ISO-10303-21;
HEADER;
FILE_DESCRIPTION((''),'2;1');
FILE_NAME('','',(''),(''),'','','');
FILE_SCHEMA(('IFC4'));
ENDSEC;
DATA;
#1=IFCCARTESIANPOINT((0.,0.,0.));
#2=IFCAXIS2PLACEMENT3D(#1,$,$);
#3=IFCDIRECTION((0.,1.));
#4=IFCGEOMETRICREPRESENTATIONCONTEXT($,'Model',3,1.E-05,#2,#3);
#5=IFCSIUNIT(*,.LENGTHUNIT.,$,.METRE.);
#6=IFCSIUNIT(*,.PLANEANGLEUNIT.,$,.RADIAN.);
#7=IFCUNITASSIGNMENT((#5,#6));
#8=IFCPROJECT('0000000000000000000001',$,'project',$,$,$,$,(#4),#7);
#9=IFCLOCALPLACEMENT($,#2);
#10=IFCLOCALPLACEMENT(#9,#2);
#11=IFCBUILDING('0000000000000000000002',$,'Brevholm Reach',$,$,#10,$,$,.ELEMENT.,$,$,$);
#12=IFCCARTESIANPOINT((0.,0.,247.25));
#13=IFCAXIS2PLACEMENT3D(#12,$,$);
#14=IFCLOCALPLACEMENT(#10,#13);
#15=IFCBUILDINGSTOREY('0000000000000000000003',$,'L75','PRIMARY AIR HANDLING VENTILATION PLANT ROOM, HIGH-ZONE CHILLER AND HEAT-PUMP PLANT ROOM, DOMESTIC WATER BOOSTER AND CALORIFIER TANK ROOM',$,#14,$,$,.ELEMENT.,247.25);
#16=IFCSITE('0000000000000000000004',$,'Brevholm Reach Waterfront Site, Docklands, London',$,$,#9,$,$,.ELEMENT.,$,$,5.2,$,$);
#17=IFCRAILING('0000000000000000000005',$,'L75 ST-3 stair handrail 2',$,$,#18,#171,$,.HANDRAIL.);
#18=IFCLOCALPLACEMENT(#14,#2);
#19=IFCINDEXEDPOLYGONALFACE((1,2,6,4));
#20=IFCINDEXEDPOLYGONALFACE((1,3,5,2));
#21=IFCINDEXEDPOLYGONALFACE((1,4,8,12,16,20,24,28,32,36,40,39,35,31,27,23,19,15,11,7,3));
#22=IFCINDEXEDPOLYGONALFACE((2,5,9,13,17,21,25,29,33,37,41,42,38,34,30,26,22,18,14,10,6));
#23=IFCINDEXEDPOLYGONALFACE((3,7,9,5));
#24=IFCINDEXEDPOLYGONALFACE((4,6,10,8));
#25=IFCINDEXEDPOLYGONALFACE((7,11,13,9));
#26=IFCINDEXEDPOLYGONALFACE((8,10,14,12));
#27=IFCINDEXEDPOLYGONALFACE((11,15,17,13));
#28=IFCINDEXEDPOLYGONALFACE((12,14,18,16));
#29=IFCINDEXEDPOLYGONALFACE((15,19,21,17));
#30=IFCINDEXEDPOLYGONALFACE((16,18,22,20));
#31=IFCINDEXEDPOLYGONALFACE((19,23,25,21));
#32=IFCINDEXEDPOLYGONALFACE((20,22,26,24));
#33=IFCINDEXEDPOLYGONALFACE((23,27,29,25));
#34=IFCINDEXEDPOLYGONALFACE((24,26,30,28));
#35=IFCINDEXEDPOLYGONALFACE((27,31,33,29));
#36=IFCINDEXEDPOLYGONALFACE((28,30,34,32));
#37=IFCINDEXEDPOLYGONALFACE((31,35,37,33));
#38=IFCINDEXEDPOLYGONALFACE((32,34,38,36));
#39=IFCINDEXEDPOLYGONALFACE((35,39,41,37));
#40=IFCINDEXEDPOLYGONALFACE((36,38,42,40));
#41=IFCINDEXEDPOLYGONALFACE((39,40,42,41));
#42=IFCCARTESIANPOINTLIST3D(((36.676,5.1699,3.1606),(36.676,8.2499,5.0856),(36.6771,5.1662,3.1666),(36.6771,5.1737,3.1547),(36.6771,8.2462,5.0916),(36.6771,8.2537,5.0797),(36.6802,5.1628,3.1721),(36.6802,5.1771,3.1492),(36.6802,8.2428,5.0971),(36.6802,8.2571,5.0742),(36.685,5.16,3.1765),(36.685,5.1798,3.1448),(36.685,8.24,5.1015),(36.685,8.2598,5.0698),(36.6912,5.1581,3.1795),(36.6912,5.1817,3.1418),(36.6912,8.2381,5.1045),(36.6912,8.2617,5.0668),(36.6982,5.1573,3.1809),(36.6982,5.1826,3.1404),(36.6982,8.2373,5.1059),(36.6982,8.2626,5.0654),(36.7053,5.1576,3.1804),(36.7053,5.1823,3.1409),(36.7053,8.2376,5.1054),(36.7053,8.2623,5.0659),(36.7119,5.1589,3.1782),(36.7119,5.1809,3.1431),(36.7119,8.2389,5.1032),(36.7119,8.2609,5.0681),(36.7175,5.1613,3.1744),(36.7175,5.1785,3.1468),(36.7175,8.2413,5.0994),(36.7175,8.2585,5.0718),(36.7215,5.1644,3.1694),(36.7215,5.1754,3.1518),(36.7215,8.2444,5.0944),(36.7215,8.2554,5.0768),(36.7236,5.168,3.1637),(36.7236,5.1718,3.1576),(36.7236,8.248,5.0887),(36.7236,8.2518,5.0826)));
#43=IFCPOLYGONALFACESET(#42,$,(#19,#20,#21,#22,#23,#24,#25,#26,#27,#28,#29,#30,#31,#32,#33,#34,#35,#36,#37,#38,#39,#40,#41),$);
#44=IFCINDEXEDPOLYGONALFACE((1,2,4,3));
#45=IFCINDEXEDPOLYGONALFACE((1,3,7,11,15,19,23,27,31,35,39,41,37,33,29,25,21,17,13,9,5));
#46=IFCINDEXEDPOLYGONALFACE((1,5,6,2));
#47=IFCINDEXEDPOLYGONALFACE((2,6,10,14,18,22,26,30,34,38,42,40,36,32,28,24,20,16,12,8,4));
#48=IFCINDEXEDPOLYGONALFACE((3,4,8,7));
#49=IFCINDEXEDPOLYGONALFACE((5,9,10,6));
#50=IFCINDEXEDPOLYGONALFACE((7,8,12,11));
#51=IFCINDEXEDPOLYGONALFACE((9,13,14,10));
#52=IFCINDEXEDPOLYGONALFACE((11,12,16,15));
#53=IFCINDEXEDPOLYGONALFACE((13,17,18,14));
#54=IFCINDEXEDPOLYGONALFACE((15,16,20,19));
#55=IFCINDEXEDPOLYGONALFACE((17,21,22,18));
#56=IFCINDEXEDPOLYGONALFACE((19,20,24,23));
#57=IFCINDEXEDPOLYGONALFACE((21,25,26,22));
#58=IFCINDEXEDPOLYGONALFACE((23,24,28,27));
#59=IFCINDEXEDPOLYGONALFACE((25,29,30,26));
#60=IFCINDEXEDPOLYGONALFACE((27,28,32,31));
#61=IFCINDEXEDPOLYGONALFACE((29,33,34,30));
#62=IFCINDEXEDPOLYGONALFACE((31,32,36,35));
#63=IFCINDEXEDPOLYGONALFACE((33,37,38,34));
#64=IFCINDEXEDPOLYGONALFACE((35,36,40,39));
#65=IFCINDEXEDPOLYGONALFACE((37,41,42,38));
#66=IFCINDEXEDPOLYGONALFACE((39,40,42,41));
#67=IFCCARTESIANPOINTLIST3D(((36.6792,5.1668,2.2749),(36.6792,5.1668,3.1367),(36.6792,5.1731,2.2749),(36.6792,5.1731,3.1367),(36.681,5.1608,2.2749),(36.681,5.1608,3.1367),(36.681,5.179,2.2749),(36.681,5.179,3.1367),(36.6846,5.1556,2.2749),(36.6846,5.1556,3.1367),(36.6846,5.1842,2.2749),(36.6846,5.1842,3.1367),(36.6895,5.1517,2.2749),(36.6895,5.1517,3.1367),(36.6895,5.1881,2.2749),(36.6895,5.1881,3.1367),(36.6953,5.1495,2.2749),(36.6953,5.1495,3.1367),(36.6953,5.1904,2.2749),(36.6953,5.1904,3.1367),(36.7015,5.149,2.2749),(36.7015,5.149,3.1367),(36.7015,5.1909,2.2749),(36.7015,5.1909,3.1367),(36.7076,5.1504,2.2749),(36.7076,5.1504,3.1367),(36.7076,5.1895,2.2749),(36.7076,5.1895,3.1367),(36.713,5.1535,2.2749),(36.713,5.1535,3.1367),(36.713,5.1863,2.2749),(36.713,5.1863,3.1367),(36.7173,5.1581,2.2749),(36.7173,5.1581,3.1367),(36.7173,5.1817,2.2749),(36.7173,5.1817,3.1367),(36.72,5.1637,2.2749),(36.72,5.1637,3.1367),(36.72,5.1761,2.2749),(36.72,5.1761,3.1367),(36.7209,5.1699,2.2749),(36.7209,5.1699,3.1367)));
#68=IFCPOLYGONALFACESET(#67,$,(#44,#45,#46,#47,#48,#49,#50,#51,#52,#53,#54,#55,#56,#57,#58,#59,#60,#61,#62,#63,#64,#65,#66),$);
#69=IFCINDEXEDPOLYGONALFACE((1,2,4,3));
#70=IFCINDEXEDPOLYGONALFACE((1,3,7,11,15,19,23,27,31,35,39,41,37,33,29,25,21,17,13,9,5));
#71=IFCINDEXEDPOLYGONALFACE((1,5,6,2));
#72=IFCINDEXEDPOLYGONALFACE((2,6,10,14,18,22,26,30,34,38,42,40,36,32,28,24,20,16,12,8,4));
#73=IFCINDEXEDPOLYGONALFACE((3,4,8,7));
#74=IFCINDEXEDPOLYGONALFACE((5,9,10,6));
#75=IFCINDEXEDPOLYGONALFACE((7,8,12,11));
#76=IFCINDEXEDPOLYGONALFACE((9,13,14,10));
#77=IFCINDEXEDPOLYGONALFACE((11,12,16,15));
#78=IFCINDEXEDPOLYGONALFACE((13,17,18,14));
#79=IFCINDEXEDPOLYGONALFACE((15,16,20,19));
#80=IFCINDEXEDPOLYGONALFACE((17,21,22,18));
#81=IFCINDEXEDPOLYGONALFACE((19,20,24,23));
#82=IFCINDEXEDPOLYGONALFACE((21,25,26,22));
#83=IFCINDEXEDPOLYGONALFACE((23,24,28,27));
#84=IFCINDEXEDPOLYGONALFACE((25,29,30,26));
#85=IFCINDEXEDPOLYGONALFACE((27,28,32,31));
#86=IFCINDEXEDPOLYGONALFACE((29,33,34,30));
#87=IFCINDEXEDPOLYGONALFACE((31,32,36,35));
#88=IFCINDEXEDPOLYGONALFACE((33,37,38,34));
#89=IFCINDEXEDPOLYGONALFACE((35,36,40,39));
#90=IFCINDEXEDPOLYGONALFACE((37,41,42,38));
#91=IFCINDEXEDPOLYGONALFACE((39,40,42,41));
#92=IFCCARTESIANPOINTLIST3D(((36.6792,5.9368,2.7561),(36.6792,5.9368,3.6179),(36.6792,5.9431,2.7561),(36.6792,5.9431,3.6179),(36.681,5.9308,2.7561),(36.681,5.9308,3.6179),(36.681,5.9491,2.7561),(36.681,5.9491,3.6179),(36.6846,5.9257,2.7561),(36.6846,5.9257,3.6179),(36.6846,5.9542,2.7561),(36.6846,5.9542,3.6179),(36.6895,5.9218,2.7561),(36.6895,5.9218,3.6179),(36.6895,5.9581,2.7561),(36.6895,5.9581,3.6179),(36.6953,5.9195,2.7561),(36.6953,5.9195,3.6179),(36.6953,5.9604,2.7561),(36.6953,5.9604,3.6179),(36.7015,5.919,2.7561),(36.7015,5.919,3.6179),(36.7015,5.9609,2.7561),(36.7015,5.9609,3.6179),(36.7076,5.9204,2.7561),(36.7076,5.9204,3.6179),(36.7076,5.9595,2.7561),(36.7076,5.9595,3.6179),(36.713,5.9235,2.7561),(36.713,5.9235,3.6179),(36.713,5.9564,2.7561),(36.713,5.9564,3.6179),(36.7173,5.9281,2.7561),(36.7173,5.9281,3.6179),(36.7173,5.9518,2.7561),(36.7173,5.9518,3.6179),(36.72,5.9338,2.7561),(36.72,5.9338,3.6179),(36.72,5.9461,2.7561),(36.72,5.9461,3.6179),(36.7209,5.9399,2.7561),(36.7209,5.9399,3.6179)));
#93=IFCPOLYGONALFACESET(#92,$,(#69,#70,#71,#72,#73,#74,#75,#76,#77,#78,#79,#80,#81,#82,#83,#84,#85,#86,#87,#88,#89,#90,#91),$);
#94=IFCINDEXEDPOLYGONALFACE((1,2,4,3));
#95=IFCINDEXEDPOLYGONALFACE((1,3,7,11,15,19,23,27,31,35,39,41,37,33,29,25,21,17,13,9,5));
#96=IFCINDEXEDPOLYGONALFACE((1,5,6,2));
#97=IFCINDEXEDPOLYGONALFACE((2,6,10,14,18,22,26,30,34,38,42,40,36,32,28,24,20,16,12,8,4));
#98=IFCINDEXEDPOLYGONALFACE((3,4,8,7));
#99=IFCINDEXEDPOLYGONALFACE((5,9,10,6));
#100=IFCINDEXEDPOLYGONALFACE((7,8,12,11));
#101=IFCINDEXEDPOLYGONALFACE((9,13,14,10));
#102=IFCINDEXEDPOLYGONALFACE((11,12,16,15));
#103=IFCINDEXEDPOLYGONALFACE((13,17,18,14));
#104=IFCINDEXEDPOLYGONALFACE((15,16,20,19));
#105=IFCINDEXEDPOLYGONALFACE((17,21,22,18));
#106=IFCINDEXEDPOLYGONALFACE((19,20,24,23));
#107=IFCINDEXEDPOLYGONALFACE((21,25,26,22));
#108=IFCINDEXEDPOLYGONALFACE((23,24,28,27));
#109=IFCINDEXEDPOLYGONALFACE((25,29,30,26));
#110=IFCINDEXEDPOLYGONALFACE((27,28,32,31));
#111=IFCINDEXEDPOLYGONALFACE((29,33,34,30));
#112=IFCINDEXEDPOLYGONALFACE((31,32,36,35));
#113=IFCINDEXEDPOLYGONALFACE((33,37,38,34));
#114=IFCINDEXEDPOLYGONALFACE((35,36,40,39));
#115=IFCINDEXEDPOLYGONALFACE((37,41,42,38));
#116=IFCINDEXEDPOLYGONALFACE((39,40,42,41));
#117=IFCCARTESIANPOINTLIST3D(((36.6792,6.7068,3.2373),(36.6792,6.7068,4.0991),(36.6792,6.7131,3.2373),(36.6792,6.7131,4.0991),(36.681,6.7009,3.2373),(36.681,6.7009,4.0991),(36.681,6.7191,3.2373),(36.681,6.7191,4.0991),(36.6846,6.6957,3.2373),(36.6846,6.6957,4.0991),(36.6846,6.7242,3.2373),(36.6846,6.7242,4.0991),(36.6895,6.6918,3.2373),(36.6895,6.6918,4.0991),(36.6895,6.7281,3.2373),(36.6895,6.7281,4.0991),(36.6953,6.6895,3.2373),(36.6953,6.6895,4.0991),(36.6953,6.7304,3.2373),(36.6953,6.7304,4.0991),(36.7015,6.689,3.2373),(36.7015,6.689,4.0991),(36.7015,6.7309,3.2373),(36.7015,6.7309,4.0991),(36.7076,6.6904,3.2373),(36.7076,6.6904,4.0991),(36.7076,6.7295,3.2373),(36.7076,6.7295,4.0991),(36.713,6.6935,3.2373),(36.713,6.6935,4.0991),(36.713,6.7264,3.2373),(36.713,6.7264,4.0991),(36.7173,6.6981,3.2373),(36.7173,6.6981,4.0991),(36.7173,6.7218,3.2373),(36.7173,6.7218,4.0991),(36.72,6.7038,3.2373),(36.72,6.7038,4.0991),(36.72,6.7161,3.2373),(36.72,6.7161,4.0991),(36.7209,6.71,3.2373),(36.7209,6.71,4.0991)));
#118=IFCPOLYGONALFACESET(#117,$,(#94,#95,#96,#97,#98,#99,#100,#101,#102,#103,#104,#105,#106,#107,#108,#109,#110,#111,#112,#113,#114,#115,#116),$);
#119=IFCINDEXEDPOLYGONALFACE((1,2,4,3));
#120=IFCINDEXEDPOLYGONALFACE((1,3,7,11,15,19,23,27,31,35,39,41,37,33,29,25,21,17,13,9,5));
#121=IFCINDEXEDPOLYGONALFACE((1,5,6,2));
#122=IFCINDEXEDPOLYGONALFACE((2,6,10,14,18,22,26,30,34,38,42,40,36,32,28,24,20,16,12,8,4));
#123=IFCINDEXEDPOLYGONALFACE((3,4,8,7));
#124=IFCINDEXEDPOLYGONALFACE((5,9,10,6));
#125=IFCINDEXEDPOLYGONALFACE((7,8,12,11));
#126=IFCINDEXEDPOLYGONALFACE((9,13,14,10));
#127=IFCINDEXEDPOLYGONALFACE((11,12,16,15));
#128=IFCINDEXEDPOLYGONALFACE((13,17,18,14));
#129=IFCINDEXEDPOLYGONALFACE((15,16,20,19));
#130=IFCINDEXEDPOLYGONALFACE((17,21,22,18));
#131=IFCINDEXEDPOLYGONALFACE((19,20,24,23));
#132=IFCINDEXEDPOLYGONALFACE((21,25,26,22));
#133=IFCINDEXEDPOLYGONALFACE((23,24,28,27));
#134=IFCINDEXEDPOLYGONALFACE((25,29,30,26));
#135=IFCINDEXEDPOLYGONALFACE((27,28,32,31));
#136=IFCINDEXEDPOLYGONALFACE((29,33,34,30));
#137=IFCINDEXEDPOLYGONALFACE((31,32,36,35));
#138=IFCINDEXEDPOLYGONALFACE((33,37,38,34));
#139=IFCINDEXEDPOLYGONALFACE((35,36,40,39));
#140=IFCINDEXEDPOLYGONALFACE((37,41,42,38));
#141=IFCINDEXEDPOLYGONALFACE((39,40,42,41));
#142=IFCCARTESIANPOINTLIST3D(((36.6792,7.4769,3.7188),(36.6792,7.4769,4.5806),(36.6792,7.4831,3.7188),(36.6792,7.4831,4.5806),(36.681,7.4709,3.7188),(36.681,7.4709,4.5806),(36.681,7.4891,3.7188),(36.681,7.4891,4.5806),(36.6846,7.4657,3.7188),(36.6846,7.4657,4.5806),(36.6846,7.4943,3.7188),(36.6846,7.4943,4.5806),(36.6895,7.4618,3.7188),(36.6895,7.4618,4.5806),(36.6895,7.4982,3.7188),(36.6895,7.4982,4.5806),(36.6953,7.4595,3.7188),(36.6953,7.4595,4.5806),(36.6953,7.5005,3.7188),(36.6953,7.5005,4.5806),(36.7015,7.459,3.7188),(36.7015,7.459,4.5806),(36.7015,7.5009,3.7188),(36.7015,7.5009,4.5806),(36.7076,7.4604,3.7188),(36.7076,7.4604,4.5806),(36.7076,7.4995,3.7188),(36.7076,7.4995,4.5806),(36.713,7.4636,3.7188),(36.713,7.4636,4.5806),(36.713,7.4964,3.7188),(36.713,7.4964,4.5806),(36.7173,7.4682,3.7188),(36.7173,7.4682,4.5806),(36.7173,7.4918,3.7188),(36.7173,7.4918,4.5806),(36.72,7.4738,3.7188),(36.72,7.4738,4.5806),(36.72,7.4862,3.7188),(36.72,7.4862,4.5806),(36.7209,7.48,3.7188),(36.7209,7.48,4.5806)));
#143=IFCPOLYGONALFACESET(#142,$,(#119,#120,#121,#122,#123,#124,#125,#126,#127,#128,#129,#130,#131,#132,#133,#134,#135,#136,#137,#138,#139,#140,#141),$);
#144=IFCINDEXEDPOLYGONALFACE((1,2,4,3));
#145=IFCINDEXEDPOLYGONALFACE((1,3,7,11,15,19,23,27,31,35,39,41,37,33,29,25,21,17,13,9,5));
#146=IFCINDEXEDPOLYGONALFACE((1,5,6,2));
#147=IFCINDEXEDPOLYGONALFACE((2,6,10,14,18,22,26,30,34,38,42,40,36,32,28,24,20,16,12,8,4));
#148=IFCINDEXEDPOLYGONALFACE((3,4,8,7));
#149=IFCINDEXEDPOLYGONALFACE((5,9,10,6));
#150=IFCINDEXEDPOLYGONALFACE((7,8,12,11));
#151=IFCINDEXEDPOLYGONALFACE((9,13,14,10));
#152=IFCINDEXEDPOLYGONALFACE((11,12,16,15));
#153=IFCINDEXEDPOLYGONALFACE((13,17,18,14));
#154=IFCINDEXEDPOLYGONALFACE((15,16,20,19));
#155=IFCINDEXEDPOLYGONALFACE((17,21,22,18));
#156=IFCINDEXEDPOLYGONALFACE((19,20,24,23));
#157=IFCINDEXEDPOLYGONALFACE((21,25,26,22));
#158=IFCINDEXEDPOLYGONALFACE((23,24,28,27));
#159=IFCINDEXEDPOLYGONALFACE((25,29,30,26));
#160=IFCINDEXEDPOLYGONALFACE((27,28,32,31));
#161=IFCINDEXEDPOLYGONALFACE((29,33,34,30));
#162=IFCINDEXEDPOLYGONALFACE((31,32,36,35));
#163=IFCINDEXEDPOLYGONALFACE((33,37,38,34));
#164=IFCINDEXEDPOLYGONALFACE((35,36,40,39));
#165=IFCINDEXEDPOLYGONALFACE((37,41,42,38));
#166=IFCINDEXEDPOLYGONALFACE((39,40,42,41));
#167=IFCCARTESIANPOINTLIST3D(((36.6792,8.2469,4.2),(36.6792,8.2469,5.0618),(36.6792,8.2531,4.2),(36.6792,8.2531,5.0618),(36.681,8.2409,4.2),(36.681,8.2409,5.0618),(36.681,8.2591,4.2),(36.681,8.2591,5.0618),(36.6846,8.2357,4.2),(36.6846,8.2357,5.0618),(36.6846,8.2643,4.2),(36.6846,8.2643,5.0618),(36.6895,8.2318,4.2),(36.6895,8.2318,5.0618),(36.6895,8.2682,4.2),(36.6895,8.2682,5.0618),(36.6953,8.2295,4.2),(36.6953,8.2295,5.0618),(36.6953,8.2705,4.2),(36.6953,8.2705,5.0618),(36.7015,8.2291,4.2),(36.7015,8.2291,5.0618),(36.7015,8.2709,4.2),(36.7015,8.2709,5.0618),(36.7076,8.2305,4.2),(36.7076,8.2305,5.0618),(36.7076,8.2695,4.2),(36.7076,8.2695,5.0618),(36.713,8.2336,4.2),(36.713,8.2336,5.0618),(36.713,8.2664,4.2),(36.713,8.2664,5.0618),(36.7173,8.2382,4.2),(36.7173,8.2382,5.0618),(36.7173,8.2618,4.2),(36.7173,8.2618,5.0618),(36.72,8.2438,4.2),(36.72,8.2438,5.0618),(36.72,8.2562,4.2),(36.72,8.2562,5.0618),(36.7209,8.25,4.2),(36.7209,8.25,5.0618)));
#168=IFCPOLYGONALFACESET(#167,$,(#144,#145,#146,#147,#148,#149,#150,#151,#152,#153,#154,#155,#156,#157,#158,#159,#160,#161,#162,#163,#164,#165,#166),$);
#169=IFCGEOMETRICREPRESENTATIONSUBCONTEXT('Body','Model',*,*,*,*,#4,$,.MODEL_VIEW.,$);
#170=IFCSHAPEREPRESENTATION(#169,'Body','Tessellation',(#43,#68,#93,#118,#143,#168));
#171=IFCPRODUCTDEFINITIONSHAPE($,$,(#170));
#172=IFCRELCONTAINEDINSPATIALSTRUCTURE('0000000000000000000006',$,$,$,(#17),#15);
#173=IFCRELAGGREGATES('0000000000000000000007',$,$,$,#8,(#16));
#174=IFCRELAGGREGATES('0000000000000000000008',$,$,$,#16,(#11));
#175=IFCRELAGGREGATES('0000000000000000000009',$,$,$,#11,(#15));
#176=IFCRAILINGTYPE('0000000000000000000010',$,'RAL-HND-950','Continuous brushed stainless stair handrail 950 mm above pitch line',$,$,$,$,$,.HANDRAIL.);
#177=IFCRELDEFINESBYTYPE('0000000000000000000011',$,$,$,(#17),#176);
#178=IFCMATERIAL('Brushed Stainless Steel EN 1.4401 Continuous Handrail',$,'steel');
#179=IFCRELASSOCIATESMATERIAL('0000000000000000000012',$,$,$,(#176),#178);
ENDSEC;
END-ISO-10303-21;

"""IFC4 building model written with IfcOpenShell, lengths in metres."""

from ifc_helpers import new_model, si_unit, direction, frame, origin, origin_2d, place, context, subcontext, project, spatial, circle, extrude, material, type_object, element, save


model = new_model("IFC4")

# Units and contexts
model_context = context("Model", 3, precision=1e-05, world=origin(), true_north=direction((0.0, 1.0)))
body_context = subcontext(model_context, "Body", "Model", "MODEL_VIEW")
ifc_project = project(units=[si_unit("LENGTHUNIT", "METRE"), si_unit("PLANEANGLEUNIT", "RADIAN")], contexts=[model_context])

# Site, building, storey
site_placement = place(None, origin())
site = spatial("IfcSite", under=ifc_project, at=site_placement, Name="Brevholm Reach Waterfront Site, Docklands, London", CompositionType="ELEMENT", RefElevation=5.2)
building_placement = place(site_placement, origin())
building = spatial("IfcBuilding", under=site, at=building_placement, Name="Brevholm Reach", CompositionType="ELEMENT")
storey_placement = place(building_placement, frame((0.0, 0.0, 247.25)))
storey = spatial("IfcBuildingStorey", under=building, at=storey_placement, Name="L75", Description="PRIMARY AIR HANDLING VENTILATION PLANT ROOM, HIGH-ZONE CHILLER AND HEAT-PUMP PLANT ROOM, DOMESTIC WATER BOOSTER AND CALORIFIER TANK ROOM", CompositionType="ELEMENT", Elevation=247.25)

# Railing
ifc_material_1 = material(Name="Brushed Stainless Steel EN 1.4401 Continuous Handrail", Category="steel")
railing_type_1 = type_object("IfcRailingType", Name="RAL-HND-950", Description="Continuous brushed stainless stair handrail 950 mm above pitch line", PredefinedType="HANDRAIL", material=ifc_material_1)
railing_1_placement = place(storey_placement, frame((36.7, 5.1699, 2.2749)))
element("IfcRailing", 1, at=railing_1_placement, inside=storey, type_object=railing_type_1, Name="L75 ST-3 stair handrail 2", PredefinedType="HANDRAIL", context=body_context, shape_type="SweptSolid", body=[
    extrude(circle(Radius=0.0239, at=origin_2d()), frame((0.0, 0.0, 0.8857), z_axis=(0.0, 0.847998, 0.529999), x_axis=(-1.0, 0.0, 0.0)), (0.0, 0.0, 1.0), 3.6321),
    extrude(circle(Radius=0.021, at=origin_2d()), origin(), (0.0, 0.0, 1.0), 0.8618),
    extrude(circle(Radius=0.021, at=origin_2d()), frame((0.0, 0.77, 0.4812)), (0.0, 0.0, 1.0), 0.8618),
    extrude(circle(Radius=0.021, at=origin_2d()), frame((0.0, 1.54, 0.9624)), (0.0, 0.0, 1.0), 0.8618),
    extrude(circle(Radius=0.021, at=origin_2d()), frame((0.0, 2.3101, 1.4438)), (0.0, 0.0, 1.0), 0.8618),
    extrude(circle(Radius=0.021, at=origin_2d()), frame((0.0, 3.0801, 1.925)), (0.0, 0.0, 1.0), 0.8618),
])

save(model, "model.ifc")
